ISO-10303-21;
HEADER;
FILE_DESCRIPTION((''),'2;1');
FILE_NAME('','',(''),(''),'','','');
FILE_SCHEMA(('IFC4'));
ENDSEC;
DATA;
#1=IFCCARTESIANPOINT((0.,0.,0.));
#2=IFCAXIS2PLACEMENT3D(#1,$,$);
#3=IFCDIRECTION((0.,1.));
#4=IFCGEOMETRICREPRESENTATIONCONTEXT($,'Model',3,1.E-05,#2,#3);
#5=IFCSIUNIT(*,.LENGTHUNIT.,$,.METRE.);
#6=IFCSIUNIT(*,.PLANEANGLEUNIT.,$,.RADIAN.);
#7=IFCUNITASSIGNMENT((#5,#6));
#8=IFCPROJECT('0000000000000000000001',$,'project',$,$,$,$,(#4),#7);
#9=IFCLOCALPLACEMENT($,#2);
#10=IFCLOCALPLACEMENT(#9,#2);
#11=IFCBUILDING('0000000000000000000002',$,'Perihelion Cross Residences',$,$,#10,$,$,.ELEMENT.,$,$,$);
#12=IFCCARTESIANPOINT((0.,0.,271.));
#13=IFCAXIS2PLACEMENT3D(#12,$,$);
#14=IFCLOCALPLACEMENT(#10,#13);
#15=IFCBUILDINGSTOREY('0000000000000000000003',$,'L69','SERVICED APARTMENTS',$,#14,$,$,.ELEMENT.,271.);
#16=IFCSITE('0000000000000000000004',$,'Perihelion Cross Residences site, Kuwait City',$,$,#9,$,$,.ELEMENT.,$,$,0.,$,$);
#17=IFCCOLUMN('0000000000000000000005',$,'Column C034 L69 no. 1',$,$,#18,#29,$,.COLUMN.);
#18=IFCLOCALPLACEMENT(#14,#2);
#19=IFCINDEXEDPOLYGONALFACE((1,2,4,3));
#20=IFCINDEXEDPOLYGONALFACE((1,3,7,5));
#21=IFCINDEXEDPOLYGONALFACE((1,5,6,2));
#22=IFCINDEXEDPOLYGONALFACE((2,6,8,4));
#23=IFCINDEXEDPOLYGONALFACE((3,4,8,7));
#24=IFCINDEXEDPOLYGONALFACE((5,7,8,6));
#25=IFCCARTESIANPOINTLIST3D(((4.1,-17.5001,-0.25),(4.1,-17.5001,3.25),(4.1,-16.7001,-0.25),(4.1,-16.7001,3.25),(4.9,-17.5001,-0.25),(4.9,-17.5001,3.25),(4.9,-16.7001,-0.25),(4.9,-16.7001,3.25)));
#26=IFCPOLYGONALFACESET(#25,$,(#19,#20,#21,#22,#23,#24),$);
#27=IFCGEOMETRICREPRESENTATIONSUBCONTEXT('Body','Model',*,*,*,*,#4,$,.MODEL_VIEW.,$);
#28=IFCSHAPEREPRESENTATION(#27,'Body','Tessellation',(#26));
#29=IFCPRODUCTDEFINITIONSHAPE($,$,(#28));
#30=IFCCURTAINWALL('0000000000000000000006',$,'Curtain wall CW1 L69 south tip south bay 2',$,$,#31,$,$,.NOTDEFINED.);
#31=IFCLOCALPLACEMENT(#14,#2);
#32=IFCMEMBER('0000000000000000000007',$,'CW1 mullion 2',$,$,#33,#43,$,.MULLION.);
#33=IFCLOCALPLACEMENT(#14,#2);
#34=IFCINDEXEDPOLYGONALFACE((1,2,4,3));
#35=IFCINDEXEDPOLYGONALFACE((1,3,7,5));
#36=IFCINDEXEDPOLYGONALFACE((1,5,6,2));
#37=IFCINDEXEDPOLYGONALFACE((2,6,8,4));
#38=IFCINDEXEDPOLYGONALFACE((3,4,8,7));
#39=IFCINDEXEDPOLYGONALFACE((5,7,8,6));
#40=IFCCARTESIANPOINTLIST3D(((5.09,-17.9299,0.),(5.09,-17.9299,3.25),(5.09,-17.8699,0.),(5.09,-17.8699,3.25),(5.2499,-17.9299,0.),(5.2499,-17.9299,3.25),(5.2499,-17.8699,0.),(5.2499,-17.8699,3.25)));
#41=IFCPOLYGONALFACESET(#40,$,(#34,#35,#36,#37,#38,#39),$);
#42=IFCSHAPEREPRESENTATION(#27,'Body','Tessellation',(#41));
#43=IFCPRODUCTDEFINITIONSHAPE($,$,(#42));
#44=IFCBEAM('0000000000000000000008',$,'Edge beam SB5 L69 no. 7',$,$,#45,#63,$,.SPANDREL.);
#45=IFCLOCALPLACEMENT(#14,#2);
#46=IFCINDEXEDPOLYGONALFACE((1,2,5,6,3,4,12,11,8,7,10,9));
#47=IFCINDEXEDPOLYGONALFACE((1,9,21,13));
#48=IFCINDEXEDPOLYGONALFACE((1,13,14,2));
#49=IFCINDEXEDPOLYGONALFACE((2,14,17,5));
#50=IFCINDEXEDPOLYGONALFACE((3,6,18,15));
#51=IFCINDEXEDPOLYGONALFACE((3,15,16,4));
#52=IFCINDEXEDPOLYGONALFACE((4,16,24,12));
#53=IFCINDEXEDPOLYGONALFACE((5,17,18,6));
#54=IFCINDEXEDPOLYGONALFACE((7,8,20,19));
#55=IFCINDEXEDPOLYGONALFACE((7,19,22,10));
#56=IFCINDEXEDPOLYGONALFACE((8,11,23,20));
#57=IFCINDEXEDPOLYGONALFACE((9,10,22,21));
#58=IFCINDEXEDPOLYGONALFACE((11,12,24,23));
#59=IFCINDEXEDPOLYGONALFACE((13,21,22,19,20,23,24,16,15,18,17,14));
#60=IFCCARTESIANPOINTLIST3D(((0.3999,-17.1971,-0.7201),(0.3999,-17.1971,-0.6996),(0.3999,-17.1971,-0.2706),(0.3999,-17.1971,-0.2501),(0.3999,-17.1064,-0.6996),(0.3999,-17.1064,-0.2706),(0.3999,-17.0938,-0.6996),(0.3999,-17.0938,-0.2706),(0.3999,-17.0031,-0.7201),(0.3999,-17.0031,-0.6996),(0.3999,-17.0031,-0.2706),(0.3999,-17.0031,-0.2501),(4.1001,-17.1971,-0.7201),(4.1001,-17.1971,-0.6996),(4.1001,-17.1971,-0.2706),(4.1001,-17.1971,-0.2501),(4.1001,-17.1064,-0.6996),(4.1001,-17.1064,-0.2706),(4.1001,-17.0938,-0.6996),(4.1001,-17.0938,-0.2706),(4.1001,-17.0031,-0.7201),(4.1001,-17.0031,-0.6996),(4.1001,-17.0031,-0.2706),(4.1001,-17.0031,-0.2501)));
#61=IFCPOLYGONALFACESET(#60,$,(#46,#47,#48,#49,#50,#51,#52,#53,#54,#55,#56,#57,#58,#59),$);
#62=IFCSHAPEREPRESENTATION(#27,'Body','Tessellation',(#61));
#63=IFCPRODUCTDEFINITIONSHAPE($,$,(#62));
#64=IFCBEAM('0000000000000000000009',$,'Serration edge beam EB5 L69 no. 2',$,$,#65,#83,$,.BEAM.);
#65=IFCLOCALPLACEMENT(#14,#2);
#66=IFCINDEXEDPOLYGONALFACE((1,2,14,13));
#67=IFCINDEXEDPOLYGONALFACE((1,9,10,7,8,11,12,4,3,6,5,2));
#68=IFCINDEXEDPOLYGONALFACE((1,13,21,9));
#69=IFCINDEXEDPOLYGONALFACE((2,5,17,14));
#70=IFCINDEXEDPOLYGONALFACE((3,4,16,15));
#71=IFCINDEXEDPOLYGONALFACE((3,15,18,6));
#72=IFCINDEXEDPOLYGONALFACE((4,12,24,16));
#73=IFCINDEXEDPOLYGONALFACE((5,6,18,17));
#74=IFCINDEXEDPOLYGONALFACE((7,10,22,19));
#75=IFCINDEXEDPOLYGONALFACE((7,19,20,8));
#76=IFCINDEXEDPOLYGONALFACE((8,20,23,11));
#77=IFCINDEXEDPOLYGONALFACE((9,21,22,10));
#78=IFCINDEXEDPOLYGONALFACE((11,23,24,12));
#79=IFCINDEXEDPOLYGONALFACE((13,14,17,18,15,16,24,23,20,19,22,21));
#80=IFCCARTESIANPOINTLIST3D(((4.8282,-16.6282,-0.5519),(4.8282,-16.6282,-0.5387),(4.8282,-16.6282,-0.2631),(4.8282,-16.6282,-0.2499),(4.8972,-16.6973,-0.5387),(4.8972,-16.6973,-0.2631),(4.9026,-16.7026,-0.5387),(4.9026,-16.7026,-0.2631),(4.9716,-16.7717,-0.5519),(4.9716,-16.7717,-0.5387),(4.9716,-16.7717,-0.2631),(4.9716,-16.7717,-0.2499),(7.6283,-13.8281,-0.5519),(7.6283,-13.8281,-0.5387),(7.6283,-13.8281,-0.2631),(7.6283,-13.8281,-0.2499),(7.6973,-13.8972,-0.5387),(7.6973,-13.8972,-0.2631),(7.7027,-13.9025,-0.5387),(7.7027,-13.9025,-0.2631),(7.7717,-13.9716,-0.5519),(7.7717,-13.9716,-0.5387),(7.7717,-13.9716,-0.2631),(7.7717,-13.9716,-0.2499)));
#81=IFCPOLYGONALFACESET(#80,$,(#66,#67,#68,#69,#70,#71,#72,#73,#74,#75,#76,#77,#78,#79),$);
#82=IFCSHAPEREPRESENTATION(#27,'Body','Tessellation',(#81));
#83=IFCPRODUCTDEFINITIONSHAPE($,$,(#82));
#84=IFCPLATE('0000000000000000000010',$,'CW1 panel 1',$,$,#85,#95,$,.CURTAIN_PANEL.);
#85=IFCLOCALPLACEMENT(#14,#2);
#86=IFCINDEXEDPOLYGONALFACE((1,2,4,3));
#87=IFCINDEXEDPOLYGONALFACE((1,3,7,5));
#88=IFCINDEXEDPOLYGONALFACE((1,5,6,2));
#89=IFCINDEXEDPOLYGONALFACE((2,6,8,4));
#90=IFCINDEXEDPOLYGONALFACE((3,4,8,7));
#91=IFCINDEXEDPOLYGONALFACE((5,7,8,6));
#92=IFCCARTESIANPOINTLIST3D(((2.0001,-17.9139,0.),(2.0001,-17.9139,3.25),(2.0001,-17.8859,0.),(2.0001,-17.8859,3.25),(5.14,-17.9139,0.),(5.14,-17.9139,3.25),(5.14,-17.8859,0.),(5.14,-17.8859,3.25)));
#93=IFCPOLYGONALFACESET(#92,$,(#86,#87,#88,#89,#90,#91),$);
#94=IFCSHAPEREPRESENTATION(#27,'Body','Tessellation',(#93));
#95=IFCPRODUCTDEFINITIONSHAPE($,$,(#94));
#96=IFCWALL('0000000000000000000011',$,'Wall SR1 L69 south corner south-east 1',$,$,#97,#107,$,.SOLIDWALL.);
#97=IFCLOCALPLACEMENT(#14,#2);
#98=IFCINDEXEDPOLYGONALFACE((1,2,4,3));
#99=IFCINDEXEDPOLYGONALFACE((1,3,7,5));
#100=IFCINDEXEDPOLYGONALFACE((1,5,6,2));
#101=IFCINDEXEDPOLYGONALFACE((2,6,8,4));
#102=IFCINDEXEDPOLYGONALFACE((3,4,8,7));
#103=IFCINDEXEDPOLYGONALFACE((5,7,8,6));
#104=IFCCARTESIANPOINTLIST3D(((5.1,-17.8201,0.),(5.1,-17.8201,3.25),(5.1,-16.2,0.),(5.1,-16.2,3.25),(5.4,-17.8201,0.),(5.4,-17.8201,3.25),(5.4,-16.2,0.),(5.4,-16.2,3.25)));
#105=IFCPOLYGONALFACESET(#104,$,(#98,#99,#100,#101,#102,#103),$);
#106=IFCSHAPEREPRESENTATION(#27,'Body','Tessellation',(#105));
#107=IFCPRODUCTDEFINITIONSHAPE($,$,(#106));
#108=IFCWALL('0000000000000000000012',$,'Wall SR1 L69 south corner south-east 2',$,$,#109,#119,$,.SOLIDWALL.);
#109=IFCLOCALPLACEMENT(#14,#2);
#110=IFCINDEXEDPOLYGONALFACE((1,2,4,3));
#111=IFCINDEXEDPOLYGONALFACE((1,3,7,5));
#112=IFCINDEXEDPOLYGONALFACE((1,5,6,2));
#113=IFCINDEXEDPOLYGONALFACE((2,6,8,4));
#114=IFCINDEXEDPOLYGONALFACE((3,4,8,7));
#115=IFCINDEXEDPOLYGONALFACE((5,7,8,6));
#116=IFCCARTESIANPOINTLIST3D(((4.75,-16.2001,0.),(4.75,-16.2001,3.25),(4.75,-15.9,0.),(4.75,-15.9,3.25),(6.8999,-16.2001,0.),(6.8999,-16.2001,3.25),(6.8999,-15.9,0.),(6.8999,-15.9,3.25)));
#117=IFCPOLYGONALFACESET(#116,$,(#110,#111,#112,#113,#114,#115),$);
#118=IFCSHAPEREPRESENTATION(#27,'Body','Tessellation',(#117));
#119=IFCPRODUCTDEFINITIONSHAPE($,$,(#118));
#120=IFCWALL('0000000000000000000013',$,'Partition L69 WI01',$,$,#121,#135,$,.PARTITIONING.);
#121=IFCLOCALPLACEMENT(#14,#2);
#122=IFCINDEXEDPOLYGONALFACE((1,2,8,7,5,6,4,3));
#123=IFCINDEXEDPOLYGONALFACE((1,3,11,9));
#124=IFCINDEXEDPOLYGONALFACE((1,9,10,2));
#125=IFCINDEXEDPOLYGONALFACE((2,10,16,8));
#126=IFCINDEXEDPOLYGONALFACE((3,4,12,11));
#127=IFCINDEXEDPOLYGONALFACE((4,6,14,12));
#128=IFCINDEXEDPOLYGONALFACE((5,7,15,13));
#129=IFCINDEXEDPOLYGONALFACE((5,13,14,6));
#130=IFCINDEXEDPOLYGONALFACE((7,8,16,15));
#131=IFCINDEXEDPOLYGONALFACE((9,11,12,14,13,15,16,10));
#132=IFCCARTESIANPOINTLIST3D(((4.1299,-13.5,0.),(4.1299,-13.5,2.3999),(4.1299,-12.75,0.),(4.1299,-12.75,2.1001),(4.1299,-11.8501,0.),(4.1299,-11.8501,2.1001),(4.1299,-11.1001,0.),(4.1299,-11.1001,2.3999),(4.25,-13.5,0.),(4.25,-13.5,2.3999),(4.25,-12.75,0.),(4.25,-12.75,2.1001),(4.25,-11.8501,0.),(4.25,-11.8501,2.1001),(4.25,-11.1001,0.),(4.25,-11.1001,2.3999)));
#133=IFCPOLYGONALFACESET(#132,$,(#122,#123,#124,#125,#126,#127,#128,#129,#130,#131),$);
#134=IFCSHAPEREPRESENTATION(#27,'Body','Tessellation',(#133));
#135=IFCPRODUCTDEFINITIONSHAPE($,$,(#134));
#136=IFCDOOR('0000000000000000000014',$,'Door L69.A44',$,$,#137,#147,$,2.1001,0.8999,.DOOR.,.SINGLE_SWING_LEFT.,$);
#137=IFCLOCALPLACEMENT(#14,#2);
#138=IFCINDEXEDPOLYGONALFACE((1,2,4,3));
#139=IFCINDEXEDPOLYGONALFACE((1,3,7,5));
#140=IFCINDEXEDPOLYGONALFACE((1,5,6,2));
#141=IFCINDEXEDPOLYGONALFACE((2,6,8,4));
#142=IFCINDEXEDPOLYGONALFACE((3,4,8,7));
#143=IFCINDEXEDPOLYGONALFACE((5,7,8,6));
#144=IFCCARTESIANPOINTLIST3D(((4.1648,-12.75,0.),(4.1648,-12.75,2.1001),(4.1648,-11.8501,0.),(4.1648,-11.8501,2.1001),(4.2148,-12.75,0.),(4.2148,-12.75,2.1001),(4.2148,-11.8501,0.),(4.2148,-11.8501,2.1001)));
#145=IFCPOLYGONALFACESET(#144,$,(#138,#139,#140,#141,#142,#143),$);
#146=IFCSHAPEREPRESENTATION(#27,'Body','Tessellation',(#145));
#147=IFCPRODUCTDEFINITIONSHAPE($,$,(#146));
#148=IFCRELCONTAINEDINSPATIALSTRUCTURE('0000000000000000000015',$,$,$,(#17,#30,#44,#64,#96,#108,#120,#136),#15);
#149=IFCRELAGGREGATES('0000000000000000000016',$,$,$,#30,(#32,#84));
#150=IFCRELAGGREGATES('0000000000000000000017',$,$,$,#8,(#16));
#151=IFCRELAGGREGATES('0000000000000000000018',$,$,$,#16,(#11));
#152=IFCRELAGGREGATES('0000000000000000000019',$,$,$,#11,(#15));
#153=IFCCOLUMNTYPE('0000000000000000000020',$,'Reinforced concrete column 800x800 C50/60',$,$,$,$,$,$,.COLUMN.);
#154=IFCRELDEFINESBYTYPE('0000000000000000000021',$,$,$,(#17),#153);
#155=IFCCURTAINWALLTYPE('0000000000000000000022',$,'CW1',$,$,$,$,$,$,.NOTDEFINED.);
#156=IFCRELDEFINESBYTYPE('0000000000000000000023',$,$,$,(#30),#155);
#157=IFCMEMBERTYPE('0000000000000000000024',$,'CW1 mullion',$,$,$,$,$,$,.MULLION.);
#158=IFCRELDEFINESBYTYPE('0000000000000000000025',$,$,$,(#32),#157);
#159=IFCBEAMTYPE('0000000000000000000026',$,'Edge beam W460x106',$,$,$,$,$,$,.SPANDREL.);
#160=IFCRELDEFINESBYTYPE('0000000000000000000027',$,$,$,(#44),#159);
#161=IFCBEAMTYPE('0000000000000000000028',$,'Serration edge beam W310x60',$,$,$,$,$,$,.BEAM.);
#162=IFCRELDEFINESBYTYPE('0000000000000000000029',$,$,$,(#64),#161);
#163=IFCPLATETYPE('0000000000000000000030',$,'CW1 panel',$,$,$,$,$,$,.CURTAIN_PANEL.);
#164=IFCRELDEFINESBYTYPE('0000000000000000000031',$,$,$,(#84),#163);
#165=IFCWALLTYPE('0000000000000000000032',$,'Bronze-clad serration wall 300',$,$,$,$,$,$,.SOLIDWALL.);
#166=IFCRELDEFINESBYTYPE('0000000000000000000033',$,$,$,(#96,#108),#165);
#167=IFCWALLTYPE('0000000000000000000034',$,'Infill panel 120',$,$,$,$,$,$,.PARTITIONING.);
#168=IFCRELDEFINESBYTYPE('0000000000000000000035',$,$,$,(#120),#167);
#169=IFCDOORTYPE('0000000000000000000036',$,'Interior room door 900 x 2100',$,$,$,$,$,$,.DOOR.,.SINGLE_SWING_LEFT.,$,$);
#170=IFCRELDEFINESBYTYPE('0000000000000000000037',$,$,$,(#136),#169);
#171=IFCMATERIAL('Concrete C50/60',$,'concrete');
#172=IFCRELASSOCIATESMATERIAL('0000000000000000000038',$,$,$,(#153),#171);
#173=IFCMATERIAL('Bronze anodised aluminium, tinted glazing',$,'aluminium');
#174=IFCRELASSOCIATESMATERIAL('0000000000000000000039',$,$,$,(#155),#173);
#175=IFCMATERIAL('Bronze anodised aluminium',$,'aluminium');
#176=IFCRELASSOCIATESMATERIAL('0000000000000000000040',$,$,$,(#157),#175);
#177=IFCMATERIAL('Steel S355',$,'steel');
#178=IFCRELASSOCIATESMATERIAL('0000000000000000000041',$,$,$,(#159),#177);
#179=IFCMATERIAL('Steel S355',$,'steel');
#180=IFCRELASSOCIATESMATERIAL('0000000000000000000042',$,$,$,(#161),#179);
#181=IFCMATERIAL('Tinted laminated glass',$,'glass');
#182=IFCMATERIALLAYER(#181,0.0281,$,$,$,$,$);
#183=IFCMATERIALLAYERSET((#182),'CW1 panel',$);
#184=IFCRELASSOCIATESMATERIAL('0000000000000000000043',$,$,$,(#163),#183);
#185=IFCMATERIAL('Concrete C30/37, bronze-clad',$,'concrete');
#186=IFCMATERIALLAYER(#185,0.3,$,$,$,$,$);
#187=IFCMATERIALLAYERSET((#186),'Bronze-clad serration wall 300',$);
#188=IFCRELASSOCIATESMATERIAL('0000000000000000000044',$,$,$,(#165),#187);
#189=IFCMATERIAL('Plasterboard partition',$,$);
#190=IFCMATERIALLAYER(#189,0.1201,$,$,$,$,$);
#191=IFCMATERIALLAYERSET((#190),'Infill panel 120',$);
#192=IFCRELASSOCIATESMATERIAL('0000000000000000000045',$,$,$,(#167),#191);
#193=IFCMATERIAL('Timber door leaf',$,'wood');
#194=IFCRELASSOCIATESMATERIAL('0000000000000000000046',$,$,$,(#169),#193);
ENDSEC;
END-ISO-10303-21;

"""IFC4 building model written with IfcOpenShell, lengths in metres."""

from ifc_helpers import new_model, si_unit, direction, frame, frame_2d, origin, origin_2d, place, context, subcontext, project, spatial, rectangle, i_section, extrude, material, layer, layer_set, material_profile, profile_set, type_object, element, fill, aggregate, save


model = new_model("IFC4")

# Units and contexts
model_context = context("Model", 3, precision=1e-05, world=origin(), true_north=direction((0.0, 1.0)))
body_context = subcontext(model_context, "Body", "Model", "MODEL_VIEW")
ifc_project = project(units=[si_unit("LENGTHUNIT", "METRE"), si_unit("PLANEANGLEUNIT", "RADIAN")], contexts=[model_context])

# Site, building, storey
site_placement = place(None, origin())
site = spatial("IfcSite", under=ifc_project, at=site_placement, Name="Perihelion Cross Residences site, Kuwait City", CompositionType="ELEMENT", RefElevation=0.0)
building_placement = place(site_placement, origin())
building = spatial("IfcBuilding", under=site, at=building_placement, Name="Perihelion Cross Residences", CompositionType="ELEMENT")
storey_placement = place(building_placement, frame((0.0, 0.0, 271.0)))
storey = spatial("IfcBuildingStorey", under=building, at=storey_placement, Name="L69", Description="SERVICED APARTMENTS", CompositionType="ELEMENT", Elevation=271.0)

# Column
ifc_material_1 = material(Name="Concrete C50/60", Category="concrete")
ifc_material_profile_1 = material_profile(ifc_material_1, rectangle(XDim=0.8, YDim=0.8, at=origin_2d()), Name="RC 800x800")
ifc_profile_set_1 = profile_set([ifc_material_profile_1], Name="Concrete C50/60")
column_type = type_object("IfcColumnType", Name="Reinforced concrete column 800x800 C50/60", PredefinedType="COLUMN", material=ifc_profile_set_1)
column_placement = place(storey_placement, frame((4.5, -17.1001, -0.25), z_axis=(0.0, 0.0, 1.0), x_axis=(1.0, 0.0, 0.0)))
element("IfcColumn", 1, at=column_placement, inside=storey, type_object=column_type, Name="Column C034 L69 no. 1", PredefinedType="COLUMN", context=body_context, shape_type="SweptSolid", body=[
    extrude(rectangle(XDim=0.8, YDim=0.8, at=origin_2d()), origin(), (0.0, 0.0, 1.0), 3.5),
])

# Curtain wall, member
ifc_material_2 = material(Name="Bronze anodised aluminium, tinted glazing", Category="aluminium")
curtain_wall_type = type_object("IfcCurtainWallType", Name="CW1", PredefinedType="NOTDEFINED", material=ifc_material_2)
curtain_wall_placement = place(storey_placement, origin())
curtain_wall = element("IfcCurtainWall", 2, at=curtain_wall_placement, inside=storey, type_object=curtain_wall_type, Name="Curtain wall CW1 L69 south tip south bay 2", PredefinedType="NOTDEFINED")
ifc_material_3 = material(Name="Bronze anodised aluminium", Category="aluminium")
ifc_material_profile_2 = material_profile(ifc_material_3, rectangle(XDim=0.0601, YDim=0.1599, at=origin_2d()), Name="CW1 mullion")
ifc_profile_set_2 = profile_set([ifc_material_profile_2], Name="Bronze anodised aluminium")
member_type = type_object("IfcMemberType", Name="CW1 mullion", PredefinedType="MULLION", material=ifc_profile_set_2)
member_placement = place(storey_placement, frame((5.1699, -17.8999, 0.0), z_axis=(0.0, 0.0, 1.0), x_axis=(0.0, 1.0, 0.0)))
member = element("IfcMember", 3, at=member_placement, type_object=member_type, Name="CW1 mullion 2", PredefinedType="MULLION", context=body_context, shape_type="SweptSolid", body=[
    extrude(rectangle(XDim=0.0601, YDim=0.1599, at=origin_2d()), origin(), (0.0, 0.0, 1.0), 3.25),
])

# Beams
ifc_material_4 = material(Name="Steel S355", Category="steel")
ifc_material_profile_3 = material_profile(ifc_material_4, i_section(OverallWidth=0.1941, OverallDepth=0.47, WebThickness=0.0127, FlangeThickness=0.0205, at=origin_2d()), Name="W460x106")
ifc_profile_set_3 = profile_set([ifc_material_profile_3], Name="Steel S355")
beam_type_1 = type_object("IfcBeamType", Name="Edge beam W460x106", PredefinedType="SPANDREL", material=ifc_profile_set_3)
beam_1_placement = place(storey_placement, frame((0.3999, -17.1001, -0.4851), z_axis=(1.0, 0.0, 0.0), x_axis=(0.0, 1.0, 0.0)))
element("IfcBeam", 4, at=beam_1_placement, inside=storey, type_object=beam_type_1, Name="Edge beam SB5 L69 no. 7", PredefinedType="SPANDREL", context=body_context, shape_type="SweptSolid", body=[
    extrude(i_section(OverallWidth=0.1941, OverallDepth=0.47, WebThickness=0.0127, FlangeThickness=0.0205, at=origin_2d()), origin(), (0.0, 0.0, 1.0), 3.7002),
])
ifc_material_5 = material(Name="Steel S355", Category="steel")
ifc_material_profile_4 = material_profile(ifc_material_5, i_section(OverallWidth=0.2029, OverallDepth=0.302, WebThickness=0.0076, FlangeThickness=0.0132, at=origin_2d()), Name="W310x60")
ifc_profile_set_4 = profile_set([ifc_material_profile_4], Name="Steel S355")
beam_type_2 = type_object("IfcBeamType", Name="Serration edge beam W310x60", PredefinedType="BEAM", material=ifc_profile_set_4)
beam_2_placement = place(storey_placement, frame((4.8999, -16.7, -0.4009), z_axis=(0.707107, 0.707107, 0.0), x_axis=(-0.707107, 0.707107, 0.0)))
element("IfcBeam", 5, at=beam_2_placement, inside=storey, type_object=beam_type_2, Name="Serration edge beam EB5 L69 no. 2", PredefinedType="BEAM", context=body_context, shape_type="SweptSolid", body=[
    extrude(i_section(OverallWidth=0.2029, OverallDepth=0.302, WebThickness=0.0076, FlangeThickness=0.0132, at=origin_2d()), origin(), (0.0, 0.0, 1.0), 3.96),
])

# Plate
ifc_material_6 = material(Name="Tinted laminated glass", Category="glass")
ifc_layer_1 = layer(ifc_material_6, 0.0281)
ifc_layer_set_1 = layer_set([ifc_layer_1], Name="CW1 panel")
plate_type = type_object("IfcPlateType", Name="CW1 panel", PredefinedType="CURTAIN_PANEL", material=ifc_layer_set_1)
plate_placement = place(storey_placement, frame((3.5701, -17.8999, 0.0), z_axis=(0.0, 0.0, 1.0), x_axis=(1.0, 0.0, 0.0)))
plate = element("IfcPlate", 6, at=plate_placement, type_object=plate_type, Name="CW1 panel 1", PredefinedType="CURTAIN_PANEL", context=body_context, shape_type="SweptSolid", body=[
    extrude(rectangle(XDim=3.1399, YDim=0.0281, at=origin_2d()), origin(), (0.0, 0.0, 1.0), 3.25),
])
aggregate(curtain_wall, [member, plate])

# Walls
ifc_material_7 = material(Name="Concrete C30/37, bronze-clad", Category="concrete")
ifc_layer_2 = layer(ifc_material_7, 0.3)
ifc_layer_set_2 = layer_set([ifc_layer_2], Name="Bronze-clad serration wall 300")
wall_type_1 = type_object("IfcWallType", Name="Bronze-clad serration wall 300", PredefinedType="SOLIDWALL", material=ifc_layer_set_2)
wall_1_placement = place(storey_placement, frame((5.25, -17.8201, 0.0), z_axis=(0.0, 0.0, 1.0), x_axis=(0.0, 1.0, 0.0)))
element("IfcWall", 7, at=wall_1_placement, inside=storey, type_object=wall_type_1, Name="Wall SR1 L69 south corner south-east 1", PredefinedType="SOLIDWALL", context=body_context, shape_type="SweptSolid", body=[
    extrude(rectangle(XDim=1.6201, YDim=0.3, at=frame_2d((0.8101, 0.0))), origin(), (0.0, 0.0, 1.0), 3.25),
])
wall_2_placement = place(storey_placement, frame((4.75, -16.05, 0.0), z_axis=(0.0, 0.0, 1.0), x_axis=(1.0, 0.0, 0.0)))
element("IfcWall", 8, at=wall_2_placement, inside=storey, type_object=wall_type_1, Name="Wall SR1 L69 south corner south-east 2", PredefinedType="SOLIDWALL", context=body_context, shape_type="SweptSolid", body=[
    extrude(rectangle(XDim=2.1499, YDim=0.3, at=frame_2d((1.075, 0.0))), origin(), (0.0, 0.0, 1.0), 3.25),
])

# Wall, opening, door
ifc_material_8 = material(Name="Plasterboard partition")
ifc_layer_3 = layer(ifc_material_8, 0.1201)
ifc_layer_set_3 = layer_set([ifc_layer_3], Name="Infill panel 120")
wall_type_2 = type_object("IfcWallType", Name="Infill panel 120", PredefinedType="PARTITIONING", material=ifc_layer_set_3)
wall_3_placement = place(storey_placement, frame((4.1899, -11.1001, 0.0), z_axis=(0.0, 0.0, 1.0), x_axis=(0.0, -1.0, 0.0)))
wall_3 = element("IfcWall", 9, at=wall_3_placement, inside=storey, type_object=wall_type_2, Name="Partition L69 WI01", PredefinedType="PARTITIONING", context=body_context, shape_type="SweptSolid", body=[
    extrude(rectangle(XDim=2.3999, YDim=0.1201, at=frame_2d((1.2, 0.0))), origin(), (0.0, 0.0, 1.0), 2.3999),
])
opening_1_placement = place(wall_3_placement, frame((0.75, 0.0, 0.0)))
opening_1 = element("IfcOpeningElement", 10, at=opening_1_placement, cuts=wall_3, PredefinedType="OPENING", context=body_context, shape_type="SweptSolid", body=[
    extrude(rectangle(XDim=0.8999, YDim=2.1001, at=frame_2d((0.45, 1.05))), frame((0.0, 0.0701, 0.0), z_axis=(0.0, -1.0, 0.0), x_axis=(1.0, 0.0, 0.0)), (0.0, 0.0, 1.0), 0.1401),
])
ifc_material_9 = material(Name="Timber door leaf", Category="wood")
door_type_1 = type_object("IfcDoorType", Name="Interior room door 900 x 2100", OperationType="SINGLE_SWING_LEFT", PredefinedType="DOOR", material=ifc_material_9)
door_1_placement = place(opening_1_placement, origin())
door_1 = element("IfcDoor", 11, at=door_1_placement, inside=storey, type_object=door_type_1, Name="Door L69.A44", OperationType="SINGLE_SWING_LEFT", OverallHeight=2.1001, OverallWidth=0.8999, PredefinedType="DOOR", context=body_context, shape_type="SweptSolid", body=[
    extrude(rectangle(XDim=0.8999, YDim=2.1001, at=frame_2d((0.45, 1.05))), frame((0.0, 0.0249, 0.0), z_axis=(0.0, -1.0, 0.0), x_axis=(1.0, 0.0, 0.0)), (0.0, 0.0, 1.0), 0.05),
])
fill(opening_1, door_1)

save(model, "model.ifc")
